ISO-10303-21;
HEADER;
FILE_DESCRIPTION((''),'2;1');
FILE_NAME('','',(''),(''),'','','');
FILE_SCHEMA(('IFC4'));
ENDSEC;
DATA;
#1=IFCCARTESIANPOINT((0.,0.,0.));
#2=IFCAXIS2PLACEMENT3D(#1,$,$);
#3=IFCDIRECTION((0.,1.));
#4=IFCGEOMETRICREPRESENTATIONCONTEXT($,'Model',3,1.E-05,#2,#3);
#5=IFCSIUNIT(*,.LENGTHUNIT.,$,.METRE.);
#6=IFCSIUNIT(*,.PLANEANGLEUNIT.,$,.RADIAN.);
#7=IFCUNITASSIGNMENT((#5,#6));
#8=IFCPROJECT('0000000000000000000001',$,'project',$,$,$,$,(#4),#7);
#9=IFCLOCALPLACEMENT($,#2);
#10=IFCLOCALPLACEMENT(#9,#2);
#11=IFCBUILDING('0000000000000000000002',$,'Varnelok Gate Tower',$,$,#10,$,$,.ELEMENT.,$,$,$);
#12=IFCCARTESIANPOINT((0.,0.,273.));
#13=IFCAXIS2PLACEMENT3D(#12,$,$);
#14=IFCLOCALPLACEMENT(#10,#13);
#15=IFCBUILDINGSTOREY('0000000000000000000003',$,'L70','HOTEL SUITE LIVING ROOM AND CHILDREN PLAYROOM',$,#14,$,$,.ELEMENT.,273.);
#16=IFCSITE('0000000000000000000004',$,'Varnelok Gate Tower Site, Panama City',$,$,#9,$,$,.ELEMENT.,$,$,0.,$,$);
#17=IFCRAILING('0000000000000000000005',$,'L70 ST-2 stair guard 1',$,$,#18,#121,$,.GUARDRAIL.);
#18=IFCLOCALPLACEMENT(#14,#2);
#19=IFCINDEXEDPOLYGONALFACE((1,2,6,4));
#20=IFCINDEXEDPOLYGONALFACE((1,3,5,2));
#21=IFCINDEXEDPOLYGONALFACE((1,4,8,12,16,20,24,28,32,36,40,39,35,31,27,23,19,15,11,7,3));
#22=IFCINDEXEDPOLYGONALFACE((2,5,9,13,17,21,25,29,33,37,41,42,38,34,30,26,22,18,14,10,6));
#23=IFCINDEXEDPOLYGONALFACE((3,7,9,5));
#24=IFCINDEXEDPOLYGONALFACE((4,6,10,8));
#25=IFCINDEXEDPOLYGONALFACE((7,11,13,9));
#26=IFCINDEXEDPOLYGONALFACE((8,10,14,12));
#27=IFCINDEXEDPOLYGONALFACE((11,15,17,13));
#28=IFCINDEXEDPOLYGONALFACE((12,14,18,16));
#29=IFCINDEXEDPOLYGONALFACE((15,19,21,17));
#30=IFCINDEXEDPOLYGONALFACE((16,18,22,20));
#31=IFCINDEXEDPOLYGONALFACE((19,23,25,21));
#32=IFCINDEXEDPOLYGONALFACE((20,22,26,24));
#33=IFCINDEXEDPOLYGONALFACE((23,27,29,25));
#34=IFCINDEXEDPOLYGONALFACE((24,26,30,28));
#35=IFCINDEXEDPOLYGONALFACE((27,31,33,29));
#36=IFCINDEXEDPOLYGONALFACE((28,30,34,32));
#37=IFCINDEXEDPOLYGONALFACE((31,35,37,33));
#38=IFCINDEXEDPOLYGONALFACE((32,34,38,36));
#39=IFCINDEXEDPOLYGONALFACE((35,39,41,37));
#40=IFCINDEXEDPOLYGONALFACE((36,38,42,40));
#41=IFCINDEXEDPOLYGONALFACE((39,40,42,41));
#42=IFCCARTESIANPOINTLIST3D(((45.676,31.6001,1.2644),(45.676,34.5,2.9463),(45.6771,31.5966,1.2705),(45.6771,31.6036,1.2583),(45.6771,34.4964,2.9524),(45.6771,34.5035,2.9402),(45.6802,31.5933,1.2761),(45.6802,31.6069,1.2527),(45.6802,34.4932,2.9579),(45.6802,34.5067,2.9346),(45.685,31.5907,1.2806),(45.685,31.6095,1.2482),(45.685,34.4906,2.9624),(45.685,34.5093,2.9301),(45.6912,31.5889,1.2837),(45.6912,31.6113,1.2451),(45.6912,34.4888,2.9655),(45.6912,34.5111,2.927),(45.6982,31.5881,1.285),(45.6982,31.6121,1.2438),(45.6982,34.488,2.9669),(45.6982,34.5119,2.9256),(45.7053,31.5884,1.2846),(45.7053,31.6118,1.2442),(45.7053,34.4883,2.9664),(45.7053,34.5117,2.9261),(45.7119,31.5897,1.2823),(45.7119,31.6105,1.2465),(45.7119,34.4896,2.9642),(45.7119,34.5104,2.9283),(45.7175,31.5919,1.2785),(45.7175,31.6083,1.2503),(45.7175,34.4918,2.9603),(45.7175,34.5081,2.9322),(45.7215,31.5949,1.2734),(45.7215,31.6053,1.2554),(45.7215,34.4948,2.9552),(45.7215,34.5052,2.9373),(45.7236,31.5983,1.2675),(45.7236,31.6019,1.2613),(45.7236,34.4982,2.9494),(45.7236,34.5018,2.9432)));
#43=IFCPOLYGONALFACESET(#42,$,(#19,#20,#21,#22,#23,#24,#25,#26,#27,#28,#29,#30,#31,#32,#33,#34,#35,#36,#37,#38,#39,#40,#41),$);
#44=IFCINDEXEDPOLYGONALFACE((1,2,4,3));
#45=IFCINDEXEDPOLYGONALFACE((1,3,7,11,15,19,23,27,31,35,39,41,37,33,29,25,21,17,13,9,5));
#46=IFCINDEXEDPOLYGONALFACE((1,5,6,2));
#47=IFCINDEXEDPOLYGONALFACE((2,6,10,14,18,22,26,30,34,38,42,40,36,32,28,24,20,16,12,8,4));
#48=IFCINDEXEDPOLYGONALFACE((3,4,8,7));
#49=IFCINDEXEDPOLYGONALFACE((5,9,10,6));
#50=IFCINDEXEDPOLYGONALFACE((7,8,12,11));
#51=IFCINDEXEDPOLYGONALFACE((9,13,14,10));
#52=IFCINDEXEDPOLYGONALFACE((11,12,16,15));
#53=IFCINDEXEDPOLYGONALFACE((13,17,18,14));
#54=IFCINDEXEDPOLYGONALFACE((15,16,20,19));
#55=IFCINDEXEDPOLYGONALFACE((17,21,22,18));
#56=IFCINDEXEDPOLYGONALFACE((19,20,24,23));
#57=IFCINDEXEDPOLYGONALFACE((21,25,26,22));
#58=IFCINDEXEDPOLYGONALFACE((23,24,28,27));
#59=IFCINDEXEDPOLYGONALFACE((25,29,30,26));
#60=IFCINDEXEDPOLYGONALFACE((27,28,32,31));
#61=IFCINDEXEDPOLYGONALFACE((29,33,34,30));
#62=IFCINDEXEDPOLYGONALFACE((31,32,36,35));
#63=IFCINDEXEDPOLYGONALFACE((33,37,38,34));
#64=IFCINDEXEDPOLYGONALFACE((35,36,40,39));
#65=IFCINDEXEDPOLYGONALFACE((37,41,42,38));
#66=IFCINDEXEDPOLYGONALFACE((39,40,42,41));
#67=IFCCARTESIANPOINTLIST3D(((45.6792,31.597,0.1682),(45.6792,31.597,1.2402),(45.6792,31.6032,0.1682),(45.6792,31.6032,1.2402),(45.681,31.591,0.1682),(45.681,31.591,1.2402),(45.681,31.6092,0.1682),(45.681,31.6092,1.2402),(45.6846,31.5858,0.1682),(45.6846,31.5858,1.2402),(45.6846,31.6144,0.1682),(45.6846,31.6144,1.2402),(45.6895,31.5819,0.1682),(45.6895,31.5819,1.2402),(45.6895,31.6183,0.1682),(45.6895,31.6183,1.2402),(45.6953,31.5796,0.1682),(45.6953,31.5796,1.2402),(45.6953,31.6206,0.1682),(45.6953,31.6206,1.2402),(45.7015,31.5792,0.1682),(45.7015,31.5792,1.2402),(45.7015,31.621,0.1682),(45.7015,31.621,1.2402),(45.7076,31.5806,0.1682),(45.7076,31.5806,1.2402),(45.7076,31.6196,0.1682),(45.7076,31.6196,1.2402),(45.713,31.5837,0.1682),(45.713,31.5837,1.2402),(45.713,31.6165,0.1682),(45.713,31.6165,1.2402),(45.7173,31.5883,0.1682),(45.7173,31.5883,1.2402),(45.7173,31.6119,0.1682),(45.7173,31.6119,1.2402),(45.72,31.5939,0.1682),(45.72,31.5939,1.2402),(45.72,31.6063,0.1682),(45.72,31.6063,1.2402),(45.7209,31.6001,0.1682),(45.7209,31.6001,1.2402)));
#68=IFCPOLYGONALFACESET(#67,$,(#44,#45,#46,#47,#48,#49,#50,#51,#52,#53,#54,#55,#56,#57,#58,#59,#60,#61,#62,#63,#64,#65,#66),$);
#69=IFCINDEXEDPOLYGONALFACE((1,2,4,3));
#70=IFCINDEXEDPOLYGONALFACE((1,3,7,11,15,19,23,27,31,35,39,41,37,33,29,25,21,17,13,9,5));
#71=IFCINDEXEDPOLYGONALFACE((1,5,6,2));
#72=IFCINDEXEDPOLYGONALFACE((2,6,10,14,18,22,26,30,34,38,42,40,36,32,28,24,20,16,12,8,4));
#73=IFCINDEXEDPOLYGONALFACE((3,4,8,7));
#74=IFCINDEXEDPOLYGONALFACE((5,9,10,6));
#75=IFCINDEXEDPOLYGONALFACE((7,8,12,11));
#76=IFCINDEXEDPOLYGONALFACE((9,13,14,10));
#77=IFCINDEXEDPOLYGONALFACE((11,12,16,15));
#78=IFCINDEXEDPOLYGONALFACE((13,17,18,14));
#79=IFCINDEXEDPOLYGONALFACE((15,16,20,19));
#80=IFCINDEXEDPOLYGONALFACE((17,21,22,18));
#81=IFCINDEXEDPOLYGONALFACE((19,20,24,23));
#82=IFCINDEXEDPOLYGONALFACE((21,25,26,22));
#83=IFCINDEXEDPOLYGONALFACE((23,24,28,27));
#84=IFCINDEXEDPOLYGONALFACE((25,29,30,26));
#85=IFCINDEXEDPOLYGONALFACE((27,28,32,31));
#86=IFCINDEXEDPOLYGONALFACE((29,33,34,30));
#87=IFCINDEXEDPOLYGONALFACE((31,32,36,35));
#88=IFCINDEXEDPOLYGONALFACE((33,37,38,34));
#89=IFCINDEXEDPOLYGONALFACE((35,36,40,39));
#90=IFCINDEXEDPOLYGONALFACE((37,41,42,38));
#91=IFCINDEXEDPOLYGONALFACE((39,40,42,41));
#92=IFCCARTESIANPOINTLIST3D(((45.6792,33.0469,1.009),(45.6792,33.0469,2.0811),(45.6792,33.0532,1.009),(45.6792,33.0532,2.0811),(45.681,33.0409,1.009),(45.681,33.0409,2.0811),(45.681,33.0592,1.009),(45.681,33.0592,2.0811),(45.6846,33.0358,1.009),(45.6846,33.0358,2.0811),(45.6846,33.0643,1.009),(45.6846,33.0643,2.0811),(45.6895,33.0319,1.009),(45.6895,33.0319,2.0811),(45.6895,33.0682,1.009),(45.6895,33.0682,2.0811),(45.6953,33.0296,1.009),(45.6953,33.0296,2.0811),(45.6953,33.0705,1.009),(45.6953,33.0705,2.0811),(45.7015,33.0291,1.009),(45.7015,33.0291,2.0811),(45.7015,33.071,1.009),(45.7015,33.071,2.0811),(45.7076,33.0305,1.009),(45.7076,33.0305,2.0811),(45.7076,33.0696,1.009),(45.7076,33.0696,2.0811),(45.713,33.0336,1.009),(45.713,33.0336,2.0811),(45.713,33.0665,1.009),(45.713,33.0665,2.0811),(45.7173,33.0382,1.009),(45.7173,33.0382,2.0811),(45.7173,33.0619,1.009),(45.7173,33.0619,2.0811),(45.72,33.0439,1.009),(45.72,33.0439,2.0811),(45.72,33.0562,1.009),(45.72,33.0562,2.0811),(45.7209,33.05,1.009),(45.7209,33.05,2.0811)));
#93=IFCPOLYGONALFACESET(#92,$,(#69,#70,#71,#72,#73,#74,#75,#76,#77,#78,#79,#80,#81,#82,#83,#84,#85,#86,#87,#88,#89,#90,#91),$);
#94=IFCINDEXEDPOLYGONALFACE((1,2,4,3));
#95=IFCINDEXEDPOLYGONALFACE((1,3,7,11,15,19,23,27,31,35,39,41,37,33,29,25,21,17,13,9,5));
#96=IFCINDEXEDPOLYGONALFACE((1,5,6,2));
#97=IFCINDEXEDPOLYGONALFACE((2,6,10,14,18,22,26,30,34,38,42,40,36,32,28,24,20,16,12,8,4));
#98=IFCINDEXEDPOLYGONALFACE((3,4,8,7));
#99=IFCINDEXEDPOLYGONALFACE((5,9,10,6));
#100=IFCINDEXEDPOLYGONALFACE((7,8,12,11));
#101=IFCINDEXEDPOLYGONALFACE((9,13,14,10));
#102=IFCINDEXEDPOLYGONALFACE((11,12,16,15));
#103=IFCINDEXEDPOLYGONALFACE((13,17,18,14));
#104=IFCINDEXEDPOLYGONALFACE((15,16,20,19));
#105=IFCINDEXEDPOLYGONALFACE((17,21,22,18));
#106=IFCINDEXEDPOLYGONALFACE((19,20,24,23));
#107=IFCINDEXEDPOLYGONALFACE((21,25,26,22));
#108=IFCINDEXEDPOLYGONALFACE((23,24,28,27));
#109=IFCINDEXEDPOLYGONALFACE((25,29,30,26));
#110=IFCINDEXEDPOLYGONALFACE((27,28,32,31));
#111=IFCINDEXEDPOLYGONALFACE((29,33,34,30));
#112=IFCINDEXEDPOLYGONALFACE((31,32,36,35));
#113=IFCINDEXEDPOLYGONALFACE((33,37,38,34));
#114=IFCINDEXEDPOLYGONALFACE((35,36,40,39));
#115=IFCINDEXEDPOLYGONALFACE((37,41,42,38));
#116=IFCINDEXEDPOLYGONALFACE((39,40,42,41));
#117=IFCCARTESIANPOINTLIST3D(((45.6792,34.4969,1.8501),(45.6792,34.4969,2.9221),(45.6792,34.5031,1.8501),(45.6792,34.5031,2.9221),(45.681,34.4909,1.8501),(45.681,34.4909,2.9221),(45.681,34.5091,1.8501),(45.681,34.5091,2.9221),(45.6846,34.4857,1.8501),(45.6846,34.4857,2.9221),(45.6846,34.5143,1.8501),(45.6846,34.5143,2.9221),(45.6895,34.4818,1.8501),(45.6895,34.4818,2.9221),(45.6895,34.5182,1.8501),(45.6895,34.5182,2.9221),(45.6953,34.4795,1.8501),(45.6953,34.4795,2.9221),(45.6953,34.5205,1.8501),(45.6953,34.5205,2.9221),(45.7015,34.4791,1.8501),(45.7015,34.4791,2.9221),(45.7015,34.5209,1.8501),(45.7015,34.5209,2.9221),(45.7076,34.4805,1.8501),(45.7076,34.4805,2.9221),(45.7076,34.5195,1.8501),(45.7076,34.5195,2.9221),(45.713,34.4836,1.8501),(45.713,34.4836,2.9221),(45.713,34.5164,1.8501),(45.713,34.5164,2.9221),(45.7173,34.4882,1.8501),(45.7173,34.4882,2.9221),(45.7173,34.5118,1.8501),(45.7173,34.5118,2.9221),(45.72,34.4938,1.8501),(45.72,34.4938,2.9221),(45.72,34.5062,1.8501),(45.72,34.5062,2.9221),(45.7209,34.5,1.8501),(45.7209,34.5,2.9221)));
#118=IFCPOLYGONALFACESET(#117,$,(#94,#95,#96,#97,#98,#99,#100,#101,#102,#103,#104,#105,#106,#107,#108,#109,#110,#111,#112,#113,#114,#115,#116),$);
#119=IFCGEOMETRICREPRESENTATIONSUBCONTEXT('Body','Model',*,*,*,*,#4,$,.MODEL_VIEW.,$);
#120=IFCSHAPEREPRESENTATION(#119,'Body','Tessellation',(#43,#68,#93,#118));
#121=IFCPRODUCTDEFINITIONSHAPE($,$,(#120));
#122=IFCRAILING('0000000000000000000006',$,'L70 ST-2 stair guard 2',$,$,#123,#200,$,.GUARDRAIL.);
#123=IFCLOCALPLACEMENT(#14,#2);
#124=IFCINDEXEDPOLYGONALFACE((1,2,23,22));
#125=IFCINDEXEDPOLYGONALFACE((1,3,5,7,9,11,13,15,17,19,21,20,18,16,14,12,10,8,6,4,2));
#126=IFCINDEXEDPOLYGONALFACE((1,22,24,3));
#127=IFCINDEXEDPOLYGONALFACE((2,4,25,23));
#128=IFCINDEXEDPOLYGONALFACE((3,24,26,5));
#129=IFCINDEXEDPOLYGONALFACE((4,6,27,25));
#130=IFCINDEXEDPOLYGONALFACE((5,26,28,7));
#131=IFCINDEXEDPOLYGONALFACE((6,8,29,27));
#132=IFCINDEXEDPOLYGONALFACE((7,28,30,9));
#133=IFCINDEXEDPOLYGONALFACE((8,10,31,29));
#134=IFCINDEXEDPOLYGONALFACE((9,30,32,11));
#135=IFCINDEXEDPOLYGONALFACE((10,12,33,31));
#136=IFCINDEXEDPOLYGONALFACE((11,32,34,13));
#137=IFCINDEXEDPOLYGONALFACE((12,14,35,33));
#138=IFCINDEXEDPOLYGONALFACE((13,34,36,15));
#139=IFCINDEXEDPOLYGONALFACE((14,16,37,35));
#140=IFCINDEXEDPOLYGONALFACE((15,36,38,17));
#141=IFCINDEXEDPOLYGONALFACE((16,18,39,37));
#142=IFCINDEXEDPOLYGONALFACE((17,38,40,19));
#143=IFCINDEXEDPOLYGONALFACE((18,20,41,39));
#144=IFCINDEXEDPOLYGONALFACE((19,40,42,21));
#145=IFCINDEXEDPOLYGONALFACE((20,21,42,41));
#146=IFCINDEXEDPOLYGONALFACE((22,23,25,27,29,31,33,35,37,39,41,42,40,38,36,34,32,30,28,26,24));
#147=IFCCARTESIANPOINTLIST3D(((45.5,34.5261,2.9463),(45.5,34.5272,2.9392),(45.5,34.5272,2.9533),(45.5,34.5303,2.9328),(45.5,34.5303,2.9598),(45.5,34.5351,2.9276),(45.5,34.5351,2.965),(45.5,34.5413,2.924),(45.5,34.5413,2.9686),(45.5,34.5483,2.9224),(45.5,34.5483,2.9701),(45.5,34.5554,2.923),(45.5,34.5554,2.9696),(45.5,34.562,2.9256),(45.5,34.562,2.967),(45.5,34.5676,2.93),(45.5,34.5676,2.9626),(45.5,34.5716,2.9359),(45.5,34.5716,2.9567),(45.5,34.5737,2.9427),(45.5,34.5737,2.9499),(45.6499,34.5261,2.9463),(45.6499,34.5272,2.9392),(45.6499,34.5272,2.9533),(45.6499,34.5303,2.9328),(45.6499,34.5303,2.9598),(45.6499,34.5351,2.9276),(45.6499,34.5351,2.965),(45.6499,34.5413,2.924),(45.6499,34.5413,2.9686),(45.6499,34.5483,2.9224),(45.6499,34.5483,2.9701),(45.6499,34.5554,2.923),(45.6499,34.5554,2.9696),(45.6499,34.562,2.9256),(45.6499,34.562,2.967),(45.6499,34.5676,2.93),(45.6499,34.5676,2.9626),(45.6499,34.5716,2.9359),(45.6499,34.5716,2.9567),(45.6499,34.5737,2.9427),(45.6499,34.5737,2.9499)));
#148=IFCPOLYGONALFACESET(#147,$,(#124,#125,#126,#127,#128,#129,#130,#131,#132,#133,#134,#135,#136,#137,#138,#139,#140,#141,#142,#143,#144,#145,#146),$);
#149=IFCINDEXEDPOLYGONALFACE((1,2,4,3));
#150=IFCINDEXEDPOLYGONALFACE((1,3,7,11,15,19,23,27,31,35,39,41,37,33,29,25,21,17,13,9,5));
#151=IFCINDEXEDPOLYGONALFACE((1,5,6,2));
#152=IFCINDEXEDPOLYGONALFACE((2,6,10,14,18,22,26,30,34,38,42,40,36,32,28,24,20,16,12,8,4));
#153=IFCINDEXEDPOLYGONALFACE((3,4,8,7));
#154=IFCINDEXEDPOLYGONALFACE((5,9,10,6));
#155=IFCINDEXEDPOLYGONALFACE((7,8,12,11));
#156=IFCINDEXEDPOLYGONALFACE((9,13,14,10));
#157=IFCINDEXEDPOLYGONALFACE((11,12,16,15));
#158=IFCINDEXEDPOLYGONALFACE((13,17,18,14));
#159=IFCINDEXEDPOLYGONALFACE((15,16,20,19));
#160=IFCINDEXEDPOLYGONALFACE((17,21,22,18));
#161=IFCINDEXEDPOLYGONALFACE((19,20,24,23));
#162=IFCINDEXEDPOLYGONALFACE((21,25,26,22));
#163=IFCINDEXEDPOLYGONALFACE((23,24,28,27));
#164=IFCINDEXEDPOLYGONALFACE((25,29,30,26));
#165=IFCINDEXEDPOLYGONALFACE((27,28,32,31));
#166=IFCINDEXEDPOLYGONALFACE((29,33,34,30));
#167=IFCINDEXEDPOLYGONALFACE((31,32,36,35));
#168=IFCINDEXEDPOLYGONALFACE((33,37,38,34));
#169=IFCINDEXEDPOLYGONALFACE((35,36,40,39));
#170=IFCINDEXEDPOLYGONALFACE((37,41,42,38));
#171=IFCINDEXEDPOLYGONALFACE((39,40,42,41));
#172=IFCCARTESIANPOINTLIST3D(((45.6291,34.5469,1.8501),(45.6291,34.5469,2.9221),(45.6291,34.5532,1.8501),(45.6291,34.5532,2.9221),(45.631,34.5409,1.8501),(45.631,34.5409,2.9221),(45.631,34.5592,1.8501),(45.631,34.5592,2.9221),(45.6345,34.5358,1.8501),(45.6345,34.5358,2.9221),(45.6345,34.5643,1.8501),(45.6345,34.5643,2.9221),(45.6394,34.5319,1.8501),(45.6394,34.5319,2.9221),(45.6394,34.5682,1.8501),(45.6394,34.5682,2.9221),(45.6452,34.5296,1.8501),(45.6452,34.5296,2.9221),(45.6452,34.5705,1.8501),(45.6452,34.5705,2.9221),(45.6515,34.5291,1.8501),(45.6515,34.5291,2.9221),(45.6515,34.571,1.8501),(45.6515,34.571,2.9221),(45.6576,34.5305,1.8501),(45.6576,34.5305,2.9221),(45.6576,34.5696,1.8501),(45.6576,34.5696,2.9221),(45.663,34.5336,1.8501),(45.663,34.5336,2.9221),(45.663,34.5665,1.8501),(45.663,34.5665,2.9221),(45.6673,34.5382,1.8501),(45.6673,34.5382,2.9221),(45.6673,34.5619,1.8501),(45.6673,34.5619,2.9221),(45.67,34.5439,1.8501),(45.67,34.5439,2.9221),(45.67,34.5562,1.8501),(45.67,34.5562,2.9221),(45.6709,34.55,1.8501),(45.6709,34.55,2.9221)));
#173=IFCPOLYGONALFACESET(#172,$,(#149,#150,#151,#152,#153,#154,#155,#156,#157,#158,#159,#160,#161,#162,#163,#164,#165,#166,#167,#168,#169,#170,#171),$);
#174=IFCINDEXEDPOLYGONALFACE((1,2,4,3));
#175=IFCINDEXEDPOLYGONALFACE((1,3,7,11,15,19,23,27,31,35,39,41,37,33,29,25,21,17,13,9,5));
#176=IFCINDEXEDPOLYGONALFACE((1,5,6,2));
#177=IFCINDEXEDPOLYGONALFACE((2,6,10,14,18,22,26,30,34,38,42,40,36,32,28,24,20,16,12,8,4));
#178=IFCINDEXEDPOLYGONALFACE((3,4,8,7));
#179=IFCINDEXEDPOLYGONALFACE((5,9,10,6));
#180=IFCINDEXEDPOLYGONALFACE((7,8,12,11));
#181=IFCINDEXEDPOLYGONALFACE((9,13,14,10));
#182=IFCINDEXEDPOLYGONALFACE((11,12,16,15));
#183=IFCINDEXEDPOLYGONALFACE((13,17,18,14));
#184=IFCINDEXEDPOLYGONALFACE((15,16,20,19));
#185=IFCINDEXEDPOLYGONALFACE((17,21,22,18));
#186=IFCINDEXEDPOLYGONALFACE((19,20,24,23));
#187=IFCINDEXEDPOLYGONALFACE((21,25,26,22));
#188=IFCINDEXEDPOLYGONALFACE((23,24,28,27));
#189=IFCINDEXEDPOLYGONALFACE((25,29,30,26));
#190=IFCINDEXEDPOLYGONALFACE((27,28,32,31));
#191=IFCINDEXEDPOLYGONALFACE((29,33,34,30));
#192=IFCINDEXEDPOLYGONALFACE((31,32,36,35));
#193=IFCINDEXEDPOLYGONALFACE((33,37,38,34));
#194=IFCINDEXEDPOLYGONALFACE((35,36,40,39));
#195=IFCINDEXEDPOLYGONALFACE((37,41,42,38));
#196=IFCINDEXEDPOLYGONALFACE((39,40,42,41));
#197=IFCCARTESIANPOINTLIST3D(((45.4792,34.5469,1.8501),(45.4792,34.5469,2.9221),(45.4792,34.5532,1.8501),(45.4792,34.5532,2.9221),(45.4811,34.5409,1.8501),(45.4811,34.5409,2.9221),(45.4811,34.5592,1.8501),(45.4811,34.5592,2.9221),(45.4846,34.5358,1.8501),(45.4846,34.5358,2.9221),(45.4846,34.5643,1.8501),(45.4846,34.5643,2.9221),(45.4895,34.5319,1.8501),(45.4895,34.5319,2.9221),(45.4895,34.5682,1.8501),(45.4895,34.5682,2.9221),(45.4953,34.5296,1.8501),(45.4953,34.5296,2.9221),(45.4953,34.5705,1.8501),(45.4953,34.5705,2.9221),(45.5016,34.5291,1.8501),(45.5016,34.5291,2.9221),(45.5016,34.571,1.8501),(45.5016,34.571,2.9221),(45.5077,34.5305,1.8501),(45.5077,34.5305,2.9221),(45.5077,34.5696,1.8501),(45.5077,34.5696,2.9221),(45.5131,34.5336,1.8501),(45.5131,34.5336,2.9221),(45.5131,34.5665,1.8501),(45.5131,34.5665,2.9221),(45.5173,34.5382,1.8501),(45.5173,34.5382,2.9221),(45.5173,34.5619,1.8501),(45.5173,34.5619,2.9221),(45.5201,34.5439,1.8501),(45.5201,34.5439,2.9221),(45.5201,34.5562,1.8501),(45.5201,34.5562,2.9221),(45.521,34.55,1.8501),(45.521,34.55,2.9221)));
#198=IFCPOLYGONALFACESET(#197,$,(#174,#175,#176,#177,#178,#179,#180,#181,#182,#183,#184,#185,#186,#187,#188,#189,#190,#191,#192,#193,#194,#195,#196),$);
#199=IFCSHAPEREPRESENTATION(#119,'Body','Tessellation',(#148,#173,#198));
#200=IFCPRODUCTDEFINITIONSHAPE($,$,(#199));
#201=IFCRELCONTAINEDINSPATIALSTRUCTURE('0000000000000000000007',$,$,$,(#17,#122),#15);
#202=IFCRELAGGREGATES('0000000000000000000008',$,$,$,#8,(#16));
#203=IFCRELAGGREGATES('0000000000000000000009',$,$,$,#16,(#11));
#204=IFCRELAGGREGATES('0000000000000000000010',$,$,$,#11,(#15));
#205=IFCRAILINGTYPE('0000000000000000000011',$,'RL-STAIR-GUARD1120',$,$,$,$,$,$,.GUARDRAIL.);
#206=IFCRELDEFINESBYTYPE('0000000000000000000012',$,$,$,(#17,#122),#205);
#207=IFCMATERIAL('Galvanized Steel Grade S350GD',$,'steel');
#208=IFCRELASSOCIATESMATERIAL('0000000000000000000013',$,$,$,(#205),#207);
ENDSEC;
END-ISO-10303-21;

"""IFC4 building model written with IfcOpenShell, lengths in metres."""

from ifc_helpers import new_model, si_unit, direction, frame, origin, origin_2d, place, context, subcontext, project, spatial, circle, extrude, material, type_object, element, save


model = new_model("IFC4")

# Units and contexts
model_context = context("Model", 3, precision=1e-05, world=origin(), true_north=direction((0.0, 1.0)))
body_context = subcontext(model_context, "Body", "Model", "MODEL_VIEW")
ifc_project = project(units=[si_unit("LENGTHUNIT", "METRE"), si_unit("PLANEANGLEUNIT", "RADIAN")], contexts=[model_context])

# Site, building, storey
site_placement = place(None, origin())
site = spatial("IfcSite", under=ifc_project, at=site_placement, Name="Varnelok Gate Tower Site, Panama City", CompositionType="ELEMENT", RefElevation=0.0)
building_placement = place(site_placement, origin())
building = spatial("IfcBuilding", under=site, at=building_placement, Name="Varnelok Gate Tower", CompositionType="ELEMENT")
storey_placement = place(building_placement, frame((0.0, 0.0, 273.0)))
storey = spatial("IfcBuildingStorey", under=building, at=storey_placement, Name="L70", Description="HOTEL SUITE LIVING ROOM AND CHILDREN PLAYROOM", CompositionType="ELEMENT", Elevation=273.0)

# Shared definitions
ifc_material_1 = material(Name="Galvanized Steel Grade S350GD", Category="steel")

# Railings
railing_type_1 = type_object("IfcRailingType", Name="RL-STAIR-GUARD1120", PredefinedType="GUARDRAIL", material=ifc_material_1)
railing_1_placement = place(storey_placement, frame((45.7, 31.6001, 0.1682)))
element("IfcRailing", 1, at=railing_1_placement, inside=storey, type_object=railing_type_1, Name="L70 ST-2 stair guard 1", PredefinedType="GUARDRAIL", context=body_context, shape_type="SweptSolid", body=[
    extrude(circle(Radius=0.0239, at=origin_2d()), frame((0.0, 0.0, 1.0962), z_axis=(0.0, 0.865039, 0.501705), x_axis=(-1.0, 0.0, 0.0)), (0.0, 0.0, 1.0), 3.3523),
    extrude(circle(Radius=0.021, at=origin_2d()), origin(), (0.0, 0.0, 1.0), 1.072),
    extrude(circle(Radius=0.021, at=origin_2d()), frame((0.0, 1.45, 0.8408)), (0.0, 0.0, 1.0), 1.072),
    extrude(circle(Radius=0.021, at=origin_2d()), frame((0.0, 2.8999, 1.6819)), (0.0, 0.0, 1.0), 1.072),
])
railing_2_placement = place(storey_placement, frame((45.6499, 34.55, 1.8501)))
element("IfcRailing", 2, at=railing_2_placement, inside=storey, type_object=railing_type_1, Name="L70 ST-2 stair guard 2", PredefinedType="GUARDRAIL", context=body_context, shape_type="SweptSolid", body=[
    extrude(circle(Radius=0.0239, at=origin_2d()), frame((0.0, 0.0, 1.0962), z_axis=(-1.0, 0.0, 0.0), x_axis=(0.0, -1.0, 0.0)), (0.0, 0.0, 1.0), 0.1499),
    extrude(circle(Radius=0.021, at=origin_2d()), origin(), (0.0, 0.0, 1.0), 1.072),
    extrude(circle(Radius=0.021, at=origin_2d()), frame((-0.1499, 0.0, 0.0)), (0.0, 0.0, 1.0), 1.072),
])

save(model, "model.ifc")
